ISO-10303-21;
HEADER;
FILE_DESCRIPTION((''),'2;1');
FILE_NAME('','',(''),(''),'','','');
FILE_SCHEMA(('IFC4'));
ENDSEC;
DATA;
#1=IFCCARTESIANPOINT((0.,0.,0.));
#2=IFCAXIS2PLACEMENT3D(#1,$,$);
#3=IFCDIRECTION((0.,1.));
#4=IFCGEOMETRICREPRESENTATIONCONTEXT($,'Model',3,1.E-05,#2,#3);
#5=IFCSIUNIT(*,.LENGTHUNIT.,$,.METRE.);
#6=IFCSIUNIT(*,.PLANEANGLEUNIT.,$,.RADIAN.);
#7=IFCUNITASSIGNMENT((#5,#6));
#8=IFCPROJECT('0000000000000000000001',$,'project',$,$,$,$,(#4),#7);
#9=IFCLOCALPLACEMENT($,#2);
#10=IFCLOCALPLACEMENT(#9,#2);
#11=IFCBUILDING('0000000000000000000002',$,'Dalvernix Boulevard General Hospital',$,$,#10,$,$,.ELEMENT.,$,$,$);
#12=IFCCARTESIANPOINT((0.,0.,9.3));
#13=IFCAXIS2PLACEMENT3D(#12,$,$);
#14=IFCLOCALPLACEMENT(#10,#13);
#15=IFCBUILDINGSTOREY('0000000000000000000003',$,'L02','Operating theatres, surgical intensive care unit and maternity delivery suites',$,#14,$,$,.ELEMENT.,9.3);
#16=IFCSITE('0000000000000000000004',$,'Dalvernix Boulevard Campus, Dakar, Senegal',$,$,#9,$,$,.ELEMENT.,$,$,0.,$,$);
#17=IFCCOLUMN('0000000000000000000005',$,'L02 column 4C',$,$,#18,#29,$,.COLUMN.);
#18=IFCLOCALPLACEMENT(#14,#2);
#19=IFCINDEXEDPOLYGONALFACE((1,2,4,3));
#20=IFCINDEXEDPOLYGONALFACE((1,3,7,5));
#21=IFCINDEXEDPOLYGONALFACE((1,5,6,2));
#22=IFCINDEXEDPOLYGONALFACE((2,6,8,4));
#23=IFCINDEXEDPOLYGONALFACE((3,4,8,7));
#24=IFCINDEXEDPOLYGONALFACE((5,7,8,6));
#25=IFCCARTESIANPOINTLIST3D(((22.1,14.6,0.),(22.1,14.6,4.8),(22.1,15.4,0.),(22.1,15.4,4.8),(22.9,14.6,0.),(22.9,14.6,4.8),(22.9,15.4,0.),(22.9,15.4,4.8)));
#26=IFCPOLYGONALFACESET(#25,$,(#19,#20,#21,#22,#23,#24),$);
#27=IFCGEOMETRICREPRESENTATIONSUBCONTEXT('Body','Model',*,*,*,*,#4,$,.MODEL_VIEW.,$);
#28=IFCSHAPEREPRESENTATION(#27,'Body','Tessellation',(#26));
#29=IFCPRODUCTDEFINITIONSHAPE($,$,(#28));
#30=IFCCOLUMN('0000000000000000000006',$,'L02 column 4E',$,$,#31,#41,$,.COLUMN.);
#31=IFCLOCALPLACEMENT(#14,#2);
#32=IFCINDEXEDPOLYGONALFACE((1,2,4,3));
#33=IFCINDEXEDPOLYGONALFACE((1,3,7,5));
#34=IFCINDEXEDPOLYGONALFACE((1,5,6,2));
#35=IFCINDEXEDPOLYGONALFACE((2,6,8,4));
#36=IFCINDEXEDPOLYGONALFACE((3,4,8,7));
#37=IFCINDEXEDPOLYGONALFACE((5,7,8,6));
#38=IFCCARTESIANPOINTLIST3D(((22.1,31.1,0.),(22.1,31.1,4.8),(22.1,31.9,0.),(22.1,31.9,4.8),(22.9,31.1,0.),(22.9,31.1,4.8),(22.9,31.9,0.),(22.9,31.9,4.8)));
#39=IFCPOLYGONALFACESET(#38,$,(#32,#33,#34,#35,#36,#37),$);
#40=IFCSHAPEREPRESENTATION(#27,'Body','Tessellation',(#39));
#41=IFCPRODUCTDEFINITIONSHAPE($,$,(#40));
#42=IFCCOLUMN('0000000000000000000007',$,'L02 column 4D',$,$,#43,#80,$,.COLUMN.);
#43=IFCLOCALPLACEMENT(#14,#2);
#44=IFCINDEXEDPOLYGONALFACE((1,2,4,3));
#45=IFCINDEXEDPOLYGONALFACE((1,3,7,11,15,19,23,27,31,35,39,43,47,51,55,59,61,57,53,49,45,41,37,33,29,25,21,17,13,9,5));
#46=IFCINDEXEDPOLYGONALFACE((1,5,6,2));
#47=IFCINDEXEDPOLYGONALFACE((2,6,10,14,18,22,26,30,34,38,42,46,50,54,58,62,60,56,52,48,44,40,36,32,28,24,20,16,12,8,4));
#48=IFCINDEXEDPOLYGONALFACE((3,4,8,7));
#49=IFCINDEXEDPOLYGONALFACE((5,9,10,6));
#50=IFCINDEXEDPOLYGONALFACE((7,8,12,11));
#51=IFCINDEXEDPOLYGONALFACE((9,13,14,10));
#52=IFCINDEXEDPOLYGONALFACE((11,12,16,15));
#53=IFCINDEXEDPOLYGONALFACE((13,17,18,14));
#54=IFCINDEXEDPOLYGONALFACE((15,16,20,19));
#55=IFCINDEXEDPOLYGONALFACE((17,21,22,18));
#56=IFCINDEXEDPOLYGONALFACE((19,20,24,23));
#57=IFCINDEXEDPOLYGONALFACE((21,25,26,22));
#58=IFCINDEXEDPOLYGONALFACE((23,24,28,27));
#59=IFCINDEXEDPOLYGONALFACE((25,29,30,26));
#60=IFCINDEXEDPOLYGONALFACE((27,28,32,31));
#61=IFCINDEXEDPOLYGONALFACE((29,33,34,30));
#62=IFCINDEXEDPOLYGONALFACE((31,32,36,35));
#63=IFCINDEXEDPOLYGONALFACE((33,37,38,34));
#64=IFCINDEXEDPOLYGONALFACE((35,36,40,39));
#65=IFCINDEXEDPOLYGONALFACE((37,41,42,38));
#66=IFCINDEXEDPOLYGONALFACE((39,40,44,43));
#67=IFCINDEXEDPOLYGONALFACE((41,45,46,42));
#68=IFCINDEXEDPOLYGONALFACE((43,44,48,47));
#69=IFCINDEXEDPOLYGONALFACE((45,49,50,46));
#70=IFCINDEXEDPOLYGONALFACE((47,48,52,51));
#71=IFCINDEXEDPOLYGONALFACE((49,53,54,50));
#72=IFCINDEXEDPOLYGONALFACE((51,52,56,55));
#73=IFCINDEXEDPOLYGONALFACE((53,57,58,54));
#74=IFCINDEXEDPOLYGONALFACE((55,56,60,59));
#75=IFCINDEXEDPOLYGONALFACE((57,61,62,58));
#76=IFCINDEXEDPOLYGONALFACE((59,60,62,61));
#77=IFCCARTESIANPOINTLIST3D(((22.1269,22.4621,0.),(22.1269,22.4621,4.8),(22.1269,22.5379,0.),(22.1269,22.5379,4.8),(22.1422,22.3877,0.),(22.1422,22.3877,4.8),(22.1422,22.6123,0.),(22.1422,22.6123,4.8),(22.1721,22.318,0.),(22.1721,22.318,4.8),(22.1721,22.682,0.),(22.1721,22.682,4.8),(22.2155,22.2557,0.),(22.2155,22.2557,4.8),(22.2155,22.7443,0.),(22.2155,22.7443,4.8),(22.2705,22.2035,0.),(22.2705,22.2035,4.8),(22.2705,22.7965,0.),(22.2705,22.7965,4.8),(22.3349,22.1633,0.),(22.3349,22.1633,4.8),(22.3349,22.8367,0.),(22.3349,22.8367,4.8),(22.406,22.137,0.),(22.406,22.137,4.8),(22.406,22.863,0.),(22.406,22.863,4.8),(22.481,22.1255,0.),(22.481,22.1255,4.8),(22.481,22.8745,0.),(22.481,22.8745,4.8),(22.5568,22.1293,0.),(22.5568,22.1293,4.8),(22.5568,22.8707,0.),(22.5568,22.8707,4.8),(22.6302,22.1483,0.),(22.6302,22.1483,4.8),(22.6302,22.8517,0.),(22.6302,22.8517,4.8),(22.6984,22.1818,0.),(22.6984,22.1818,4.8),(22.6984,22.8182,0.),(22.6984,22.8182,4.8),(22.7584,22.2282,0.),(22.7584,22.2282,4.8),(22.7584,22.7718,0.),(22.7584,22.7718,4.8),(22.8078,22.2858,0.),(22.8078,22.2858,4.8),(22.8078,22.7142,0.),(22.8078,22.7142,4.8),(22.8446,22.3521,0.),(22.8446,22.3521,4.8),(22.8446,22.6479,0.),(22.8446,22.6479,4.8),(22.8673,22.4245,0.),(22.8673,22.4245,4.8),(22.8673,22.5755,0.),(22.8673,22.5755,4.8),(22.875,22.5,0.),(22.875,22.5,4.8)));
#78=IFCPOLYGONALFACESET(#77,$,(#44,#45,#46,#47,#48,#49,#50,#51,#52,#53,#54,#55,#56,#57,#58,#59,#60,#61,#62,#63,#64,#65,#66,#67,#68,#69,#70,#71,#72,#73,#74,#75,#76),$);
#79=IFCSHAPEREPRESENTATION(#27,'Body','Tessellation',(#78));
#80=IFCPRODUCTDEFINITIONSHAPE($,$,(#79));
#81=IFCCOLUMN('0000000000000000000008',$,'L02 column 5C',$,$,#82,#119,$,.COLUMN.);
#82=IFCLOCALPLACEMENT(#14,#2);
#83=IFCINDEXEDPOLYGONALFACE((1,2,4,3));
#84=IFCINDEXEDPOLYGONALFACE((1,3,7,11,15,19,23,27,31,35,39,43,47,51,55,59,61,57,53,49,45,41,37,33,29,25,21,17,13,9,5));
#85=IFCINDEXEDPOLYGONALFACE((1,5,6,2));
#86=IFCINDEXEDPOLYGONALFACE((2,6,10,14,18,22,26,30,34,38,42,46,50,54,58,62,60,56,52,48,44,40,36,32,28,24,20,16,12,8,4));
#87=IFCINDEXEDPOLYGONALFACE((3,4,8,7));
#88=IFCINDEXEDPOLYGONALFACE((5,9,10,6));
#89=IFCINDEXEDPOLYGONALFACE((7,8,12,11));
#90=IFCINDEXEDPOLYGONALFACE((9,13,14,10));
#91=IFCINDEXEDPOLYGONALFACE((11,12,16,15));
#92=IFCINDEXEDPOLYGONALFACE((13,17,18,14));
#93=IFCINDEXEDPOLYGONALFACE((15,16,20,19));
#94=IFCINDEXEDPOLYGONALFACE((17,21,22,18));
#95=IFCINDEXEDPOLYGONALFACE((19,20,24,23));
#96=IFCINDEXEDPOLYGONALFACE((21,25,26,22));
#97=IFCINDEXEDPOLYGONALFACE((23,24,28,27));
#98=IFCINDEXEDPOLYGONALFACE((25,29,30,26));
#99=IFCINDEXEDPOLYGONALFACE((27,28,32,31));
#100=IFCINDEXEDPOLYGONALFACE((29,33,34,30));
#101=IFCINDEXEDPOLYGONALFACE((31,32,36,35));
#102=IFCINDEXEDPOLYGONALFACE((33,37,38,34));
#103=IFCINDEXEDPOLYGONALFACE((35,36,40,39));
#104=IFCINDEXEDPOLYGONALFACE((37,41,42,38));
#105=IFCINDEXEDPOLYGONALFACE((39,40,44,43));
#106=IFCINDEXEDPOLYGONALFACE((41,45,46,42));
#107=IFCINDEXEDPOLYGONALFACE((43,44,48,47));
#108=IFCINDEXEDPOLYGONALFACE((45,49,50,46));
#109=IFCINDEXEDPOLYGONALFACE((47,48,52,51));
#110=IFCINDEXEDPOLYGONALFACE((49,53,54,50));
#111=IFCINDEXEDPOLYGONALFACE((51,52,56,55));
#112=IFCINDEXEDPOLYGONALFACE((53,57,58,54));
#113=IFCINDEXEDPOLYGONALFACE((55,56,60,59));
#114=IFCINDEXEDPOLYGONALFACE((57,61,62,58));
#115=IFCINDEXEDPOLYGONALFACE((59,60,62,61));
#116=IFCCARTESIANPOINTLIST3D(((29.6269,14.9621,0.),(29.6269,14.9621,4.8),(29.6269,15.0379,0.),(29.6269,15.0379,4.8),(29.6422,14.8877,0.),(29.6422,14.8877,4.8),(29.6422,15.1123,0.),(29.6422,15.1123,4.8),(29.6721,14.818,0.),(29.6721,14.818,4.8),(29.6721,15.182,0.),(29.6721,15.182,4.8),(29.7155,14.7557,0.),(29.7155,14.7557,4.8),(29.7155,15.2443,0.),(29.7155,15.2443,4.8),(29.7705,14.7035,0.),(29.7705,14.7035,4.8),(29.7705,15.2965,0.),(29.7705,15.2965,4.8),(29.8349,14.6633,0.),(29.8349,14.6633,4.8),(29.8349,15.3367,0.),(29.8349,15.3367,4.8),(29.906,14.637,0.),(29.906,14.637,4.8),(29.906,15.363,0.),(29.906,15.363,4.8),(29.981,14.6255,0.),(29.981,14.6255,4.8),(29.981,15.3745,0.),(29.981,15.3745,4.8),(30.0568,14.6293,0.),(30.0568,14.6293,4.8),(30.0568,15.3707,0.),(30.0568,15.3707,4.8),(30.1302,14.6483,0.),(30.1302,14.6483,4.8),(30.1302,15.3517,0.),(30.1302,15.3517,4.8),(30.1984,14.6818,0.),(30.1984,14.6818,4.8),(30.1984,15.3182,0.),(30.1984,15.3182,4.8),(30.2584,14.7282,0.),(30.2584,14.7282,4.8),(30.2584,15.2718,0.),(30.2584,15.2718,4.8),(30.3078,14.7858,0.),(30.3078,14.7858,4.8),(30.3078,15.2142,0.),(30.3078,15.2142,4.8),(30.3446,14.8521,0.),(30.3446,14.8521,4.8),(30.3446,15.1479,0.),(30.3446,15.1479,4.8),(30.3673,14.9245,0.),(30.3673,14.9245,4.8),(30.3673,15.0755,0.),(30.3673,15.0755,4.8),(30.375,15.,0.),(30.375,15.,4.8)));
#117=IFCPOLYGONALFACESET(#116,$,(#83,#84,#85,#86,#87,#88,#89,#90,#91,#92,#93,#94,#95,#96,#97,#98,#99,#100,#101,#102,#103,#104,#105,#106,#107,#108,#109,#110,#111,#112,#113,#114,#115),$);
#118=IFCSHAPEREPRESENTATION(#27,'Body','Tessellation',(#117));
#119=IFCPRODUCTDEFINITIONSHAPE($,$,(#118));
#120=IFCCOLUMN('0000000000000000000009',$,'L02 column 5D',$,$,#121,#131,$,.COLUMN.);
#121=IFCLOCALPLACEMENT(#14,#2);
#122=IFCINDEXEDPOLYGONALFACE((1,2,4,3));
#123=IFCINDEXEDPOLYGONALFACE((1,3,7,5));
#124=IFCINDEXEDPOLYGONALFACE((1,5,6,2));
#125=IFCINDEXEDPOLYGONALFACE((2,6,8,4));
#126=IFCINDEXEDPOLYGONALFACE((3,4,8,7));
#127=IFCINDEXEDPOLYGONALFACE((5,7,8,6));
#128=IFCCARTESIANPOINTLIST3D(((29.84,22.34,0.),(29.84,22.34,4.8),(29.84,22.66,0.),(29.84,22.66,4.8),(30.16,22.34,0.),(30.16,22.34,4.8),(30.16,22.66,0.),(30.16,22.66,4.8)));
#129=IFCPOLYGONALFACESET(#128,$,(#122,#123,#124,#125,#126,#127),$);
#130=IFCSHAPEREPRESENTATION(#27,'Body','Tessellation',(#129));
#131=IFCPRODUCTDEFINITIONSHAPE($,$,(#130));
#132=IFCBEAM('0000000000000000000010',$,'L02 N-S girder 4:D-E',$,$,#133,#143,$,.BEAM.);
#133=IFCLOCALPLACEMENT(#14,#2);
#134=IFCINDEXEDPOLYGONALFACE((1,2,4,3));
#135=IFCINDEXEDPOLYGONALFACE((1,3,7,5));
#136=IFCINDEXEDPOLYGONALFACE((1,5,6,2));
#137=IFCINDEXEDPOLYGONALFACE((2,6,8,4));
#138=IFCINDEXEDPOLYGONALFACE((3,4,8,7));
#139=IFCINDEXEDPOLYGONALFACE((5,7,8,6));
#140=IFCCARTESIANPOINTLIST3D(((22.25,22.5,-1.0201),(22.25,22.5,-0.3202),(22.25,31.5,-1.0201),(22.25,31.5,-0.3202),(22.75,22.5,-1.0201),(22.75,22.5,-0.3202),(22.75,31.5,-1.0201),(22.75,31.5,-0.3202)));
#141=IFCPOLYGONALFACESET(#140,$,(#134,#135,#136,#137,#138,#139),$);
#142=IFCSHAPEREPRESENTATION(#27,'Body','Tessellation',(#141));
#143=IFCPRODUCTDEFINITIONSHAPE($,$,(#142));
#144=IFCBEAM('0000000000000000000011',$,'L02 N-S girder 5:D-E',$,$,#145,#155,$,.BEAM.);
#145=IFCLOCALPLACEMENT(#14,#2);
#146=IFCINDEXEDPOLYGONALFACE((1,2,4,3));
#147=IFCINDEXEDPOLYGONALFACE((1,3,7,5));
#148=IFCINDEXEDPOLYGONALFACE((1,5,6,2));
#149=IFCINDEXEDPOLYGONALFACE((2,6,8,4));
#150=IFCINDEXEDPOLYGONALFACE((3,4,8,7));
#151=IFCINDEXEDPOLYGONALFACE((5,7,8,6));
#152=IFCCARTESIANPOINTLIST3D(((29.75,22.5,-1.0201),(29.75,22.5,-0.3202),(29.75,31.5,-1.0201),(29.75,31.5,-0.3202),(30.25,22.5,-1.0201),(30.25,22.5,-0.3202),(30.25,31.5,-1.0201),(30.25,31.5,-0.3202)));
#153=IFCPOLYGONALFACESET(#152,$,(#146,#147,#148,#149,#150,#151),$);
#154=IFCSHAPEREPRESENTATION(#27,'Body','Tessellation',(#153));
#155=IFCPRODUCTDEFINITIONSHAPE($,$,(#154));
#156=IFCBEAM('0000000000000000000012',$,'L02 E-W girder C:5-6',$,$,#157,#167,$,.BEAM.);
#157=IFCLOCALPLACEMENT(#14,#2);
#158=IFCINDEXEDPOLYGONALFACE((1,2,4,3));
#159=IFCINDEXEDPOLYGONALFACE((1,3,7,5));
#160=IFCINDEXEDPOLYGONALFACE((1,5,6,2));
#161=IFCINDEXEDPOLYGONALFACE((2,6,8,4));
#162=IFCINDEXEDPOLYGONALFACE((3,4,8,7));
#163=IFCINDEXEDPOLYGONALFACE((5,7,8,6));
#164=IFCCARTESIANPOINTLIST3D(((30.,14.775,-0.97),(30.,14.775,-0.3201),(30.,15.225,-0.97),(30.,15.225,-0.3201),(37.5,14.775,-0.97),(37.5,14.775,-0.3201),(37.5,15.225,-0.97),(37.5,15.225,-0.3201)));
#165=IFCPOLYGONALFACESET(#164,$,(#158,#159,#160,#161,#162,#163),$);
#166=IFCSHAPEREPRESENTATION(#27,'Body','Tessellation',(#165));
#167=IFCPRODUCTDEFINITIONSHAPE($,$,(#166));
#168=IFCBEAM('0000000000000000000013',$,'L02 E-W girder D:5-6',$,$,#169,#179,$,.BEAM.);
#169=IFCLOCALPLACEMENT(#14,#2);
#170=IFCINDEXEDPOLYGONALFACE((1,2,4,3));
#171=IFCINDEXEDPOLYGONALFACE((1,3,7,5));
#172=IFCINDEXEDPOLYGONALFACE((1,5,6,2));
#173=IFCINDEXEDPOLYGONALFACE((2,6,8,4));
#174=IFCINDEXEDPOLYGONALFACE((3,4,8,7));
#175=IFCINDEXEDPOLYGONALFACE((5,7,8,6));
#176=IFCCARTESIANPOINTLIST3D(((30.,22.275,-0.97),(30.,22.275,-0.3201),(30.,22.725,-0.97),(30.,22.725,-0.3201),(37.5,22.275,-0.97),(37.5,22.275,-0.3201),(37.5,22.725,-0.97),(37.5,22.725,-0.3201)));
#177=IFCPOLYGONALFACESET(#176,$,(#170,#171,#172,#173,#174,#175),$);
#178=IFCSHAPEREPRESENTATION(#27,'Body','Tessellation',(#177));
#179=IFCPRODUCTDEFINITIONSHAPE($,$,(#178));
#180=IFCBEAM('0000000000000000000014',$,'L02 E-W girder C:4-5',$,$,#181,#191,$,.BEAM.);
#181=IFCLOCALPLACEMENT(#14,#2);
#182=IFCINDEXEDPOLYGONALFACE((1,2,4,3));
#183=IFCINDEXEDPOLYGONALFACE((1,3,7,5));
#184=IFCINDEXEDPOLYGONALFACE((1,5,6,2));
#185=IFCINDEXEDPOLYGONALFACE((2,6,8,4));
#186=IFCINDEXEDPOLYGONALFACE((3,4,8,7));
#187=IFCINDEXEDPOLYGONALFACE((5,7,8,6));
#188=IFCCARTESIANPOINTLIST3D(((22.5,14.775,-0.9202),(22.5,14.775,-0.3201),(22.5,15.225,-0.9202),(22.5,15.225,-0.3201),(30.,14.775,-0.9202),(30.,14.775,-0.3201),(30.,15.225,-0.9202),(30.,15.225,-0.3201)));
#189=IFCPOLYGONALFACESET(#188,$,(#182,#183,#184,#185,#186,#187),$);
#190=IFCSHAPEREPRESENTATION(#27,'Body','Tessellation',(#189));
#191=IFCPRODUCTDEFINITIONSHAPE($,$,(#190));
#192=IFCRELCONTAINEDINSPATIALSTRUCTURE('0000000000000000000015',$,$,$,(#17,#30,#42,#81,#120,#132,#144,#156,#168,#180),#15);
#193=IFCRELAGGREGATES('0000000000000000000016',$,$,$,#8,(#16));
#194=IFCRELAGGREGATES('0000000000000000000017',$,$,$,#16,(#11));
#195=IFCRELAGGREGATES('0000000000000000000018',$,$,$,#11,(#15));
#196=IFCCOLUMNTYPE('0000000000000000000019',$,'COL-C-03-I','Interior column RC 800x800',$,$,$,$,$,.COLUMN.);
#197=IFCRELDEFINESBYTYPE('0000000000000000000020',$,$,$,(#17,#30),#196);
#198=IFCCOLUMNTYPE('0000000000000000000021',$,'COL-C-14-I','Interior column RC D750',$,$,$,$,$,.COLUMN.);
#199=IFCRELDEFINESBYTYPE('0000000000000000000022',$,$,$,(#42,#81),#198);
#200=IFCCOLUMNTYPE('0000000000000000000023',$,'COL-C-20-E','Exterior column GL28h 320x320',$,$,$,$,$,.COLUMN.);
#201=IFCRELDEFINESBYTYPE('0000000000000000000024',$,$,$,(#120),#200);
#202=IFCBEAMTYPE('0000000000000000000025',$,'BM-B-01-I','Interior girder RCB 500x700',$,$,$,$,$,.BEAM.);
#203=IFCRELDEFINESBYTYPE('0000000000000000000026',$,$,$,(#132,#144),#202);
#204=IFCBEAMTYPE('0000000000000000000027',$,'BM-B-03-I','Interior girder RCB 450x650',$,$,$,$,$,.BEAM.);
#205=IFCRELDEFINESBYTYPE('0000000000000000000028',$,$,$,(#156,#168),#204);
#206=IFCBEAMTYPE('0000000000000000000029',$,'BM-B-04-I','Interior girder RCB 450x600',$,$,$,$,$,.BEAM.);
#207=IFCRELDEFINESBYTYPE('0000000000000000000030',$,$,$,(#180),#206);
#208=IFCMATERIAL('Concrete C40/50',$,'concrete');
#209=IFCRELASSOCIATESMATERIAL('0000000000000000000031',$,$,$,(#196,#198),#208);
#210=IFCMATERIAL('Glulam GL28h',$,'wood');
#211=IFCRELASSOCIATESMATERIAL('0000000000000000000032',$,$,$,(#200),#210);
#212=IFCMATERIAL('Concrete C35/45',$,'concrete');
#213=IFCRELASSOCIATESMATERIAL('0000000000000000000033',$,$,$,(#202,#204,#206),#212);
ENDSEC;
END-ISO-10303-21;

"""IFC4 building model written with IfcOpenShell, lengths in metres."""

from ifc_helpers import new_model, si_unit, direction, frame, origin, origin_2d, place, context, subcontext, project, spatial, rectangle, circle, extrude, material, material_profile, profile_set, type_object, element, save


model = new_model("IFC4")

# Units and contexts
model_context = context("Model", 3, precision=1e-05, world=origin(), true_north=direction((0.0, 1.0)))
body_context = subcontext(model_context, "Body", "Model", "MODEL_VIEW")
ifc_project = project(units=[si_unit("LENGTHUNIT", "METRE"), si_unit("PLANEANGLEUNIT", "RADIAN")], contexts=[model_context])

# Site, building, storey
site_placement = place(None, origin())
site = spatial("IfcSite", under=ifc_project, at=site_placement, Name="Dalvernix Boulevard Campus, Dakar, Senegal", CompositionType="ELEMENT", RefElevation=0.0)
building_placement = place(site_placement, origin())
building = spatial("IfcBuilding", under=site, at=building_placement, Name="Dalvernix Boulevard General Hospital", CompositionType="ELEMENT")
storey_placement = place(building_placement, frame((0.0, 0.0, 9.3)))
storey = spatial("IfcBuildingStorey", under=building, at=storey_placement, Name="L02", Description="Operating theatres, surgical intensive care unit and maternity delivery suites", CompositionType="ELEMENT", Elevation=9.3)

# Columns
ifc_material_1 = material(Name="Concrete C40/50", Category="concrete")
ifc_material_profile_1 = material_profile(ifc_material_1, rectangle(XDim=0.8, YDim=0.8, at=origin_2d()), Name="RC 800x800")
ifc_profile_set_1 = profile_set([ifc_material_profile_1], Name="Concrete C40/50")
column_type_1 = type_object("IfcColumnType", Name="COL-C-03-I", Description="Interior column RC 800x800", PredefinedType="COLUMN", material=ifc_profile_set_1)
for number, where, z_axis, x_axis, name in (
    (1, (22.5, 15.0, 0.0), (0.0, 0.0, 1.0), (1.0, 0.0, 0.0), "L02 column 4C"),
    (2, (22.5, 31.5, 0.0), (0.0, 0.0, 1.0), (1.0, 0.0, 0.0), "L02 column 4E"),
):
    element("IfcColumn", number, at=place(storey_placement, frame(where, z_axis=z_axis, x_axis=x_axis)), inside=storey, type_object=column_type_1, Name=name, PredefinedType="COLUMN", context=body_context, shape_type="SweptSolid", body=[
        extrude(rectangle(XDim=0.8, YDim=0.8, at=origin_2d()), origin(), (0.0, 0.0, 1.0), 4.8),
    ])
ifc_material_profile_2 = material_profile(ifc_material_1, circle(Radius=0.375, at=origin_2d()), Name="RC D750")
ifc_profile_set_2 = profile_set([ifc_material_profile_2], Name="Concrete C40/50")
column_type_2 = type_object("IfcColumnType", Name="COL-C-14-I", Description="Interior column RC D750", PredefinedType="COLUMN", material=ifc_profile_set_2)
for number, where, z_axis, x_axis, name in (
    (3, (22.5, 22.5, 0.0), (0.0, 0.0, 1.0), (1.0, 0.0, 0.0), "L02 column 4D"),
    (4, (30.0, 15.0, 0.0), (0.0, 0.0, 1.0), (1.0, 0.0, 0.0), "L02 column 5C"),
):
    element("IfcColumn", number, at=place(storey_placement, frame(where, z_axis=z_axis, x_axis=x_axis)), inside=storey, type_object=column_type_2, Name=name, PredefinedType="COLUMN", context=body_context, shape_type="SweptSolid", body=[
        extrude(circle(Radius=0.375, at=origin_2d()), origin(), (0.0, 0.0, 1.0), 4.8),
    ])
ifc_material_2 = material(Name="Glulam GL28h", Category="wood")
ifc_material_profile_3 = material_profile(ifc_material_2, rectangle(XDim=0.3201, YDim=0.3201, at=origin_2d()), Name="GL28h 320x320")
ifc_profile_set_3 = profile_set([ifc_material_profile_3], Name="Glulam GL28h")
column_type_3 = type_object("IfcColumnType", Name="COL-C-20-E", Description="Exterior column GL28h 320x320", PredefinedType="COLUMN", material=ifc_profile_set_3)
column_placement = place(storey_placement, frame((30.0, 22.5, 0.0), z_axis=(0.0, 0.0, 1.0), x_axis=(1.0, 0.0, 0.0)))
element("IfcColumn", 5, at=column_placement, inside=storey, type_object=column_type_3, Name="L02 column 5D", PredefinedType="COLUMN", context=body_context, shape_type="SweptSolid", body=[
    extrude(rectangle(XDim=0.3201, YDim=0.3201, at=origin_2d()), origin(), (0.0, 0.0, 1.0), 4.8),
])

# Beams
ifc_material_3 = material(Name="Concrete C35/45", Category="concrete")
ifc_material_profile_4 = material_profile(ifc_material_3, rectangle(XDim=0.5, YDim=0.7, at=origin_2d()), Name="RCB 500x700")
ifc_profile_set_4 = profile_set([ifc_material_profile_4], Name="Concrete C35/45")
beam_type_1 = type_object("IfcBeamType", Name="BM-B-01-I", Description="Interior girder RCB 500x700", PredefinedType="BEAM", material=ifc_profile_set_4)
for number, where, z_axis, x_axis, name in (
    (6, (22.5, 22.5, -0.6702), (0.0, 1.0, 0.0), (-1.0, 0.0, 0.0), "L02 N-S girder 4:D-E"),
    (7, (30.0, 22.5, -0.6702), (0.0, 1.0, 0.0), (-1.0, 0.0, 0.0), "L02 N-S girder 5:D-E"),
):
    element("IfcBeam", number, at=place(storey_placement, frame(where, z_axis=z_axis, x_axis=x_axis)), inside=storey, type_object=beam_type_1, Name=name, PredefinedType="BEAM", context=body_context, shape_type="SweptSolid", body=[
        extrude(rectangle(XDim=0.5, YDim=0.7, at=origin_2d()), origin(), (0.0, 0.0, 1.0), 9.0),
    ])
ifc_material_profile_5 = material_profile(ifc_material_3, rectangle(XDim=0.45, YDim=0.6499, at=origin_2d()), Name="RCB 450x650")
ifc_profile_set_5 = profile_set([ifc_material_profile_5], Name="Concrete C35/45")
beam_type_2 = type_object("IfcBeamType", Name="BM-B-03-I", Description="Interior girder RCB 450x650", PredefinedType="BEAM", material=ifc_profile_set_5)
for number, where, z_axis, x_axis, name in (
    (8, (30.0, 15.0, -0.645), (1.0, 0.0, 0.0), (0.0, 1.0, 0.0), "L02 E-W girder C:5-6"),
    (9, (30.0, 22.5, -0.645), (1.0, 0.0, 0.0), (0.0, 1.0, 0.0), "L02 E-W girder D:5-6"),
):
    element("IfcBeam", number, at=place(storey_placement, frame(where, z_axis=z_axis, x_axis=x_axis)), inside=storey, type_object=beam_type_2, Name=name, PredefinedType="BEAM", context=body_context, shape_type="SweptSolid", body=[
        extrude(rectangle(XDim=0.45, YDim=0.6499, at=origin_2d()), origin(), (0.0, 0.0, 1.0), 7.5),
    ])
ifc_material_profile_6 = material_profile(ifc_material_3, rectangle(XDim=0.45, YDim=0.6001, at=origin_2d()), Name="RCB 450x600")
ifc_profile_set_6 = profile_set([ifc_material_profile_6], Name="Concrete C35/45")
beam_type_3 = type_object("IfcBeamType", Name="BM-B-04-I", Description="Interior girder RCB 450x600", PredefinedType="BEAM", material=ifc_profile_set_6)
for number, where, z_axis, x_axis, name in (
    (10, (22.5, 15.0, -0.6201), (1.0, 0.0, 0.0), (0.0, 1.0, 0.0), "L02 E-W girder C:4-5"),
):
    element("IfcBeam", number, at=place(storey_placement, frame(where, z_axis=z_axis, x_axis=x_axis)), inside=storey, type_object=beam_type_3, Name=name, PredefinedType="BEAM", context=body_context, shape_type="SweptSolid", body=[
        extrude(rectangle(XDim=0.45, YDim=0.6001, at=origin_2d()), origin(), (0.0, 0.0, 1.0), 7.5),
    ])

save(model, "model.ifc")
